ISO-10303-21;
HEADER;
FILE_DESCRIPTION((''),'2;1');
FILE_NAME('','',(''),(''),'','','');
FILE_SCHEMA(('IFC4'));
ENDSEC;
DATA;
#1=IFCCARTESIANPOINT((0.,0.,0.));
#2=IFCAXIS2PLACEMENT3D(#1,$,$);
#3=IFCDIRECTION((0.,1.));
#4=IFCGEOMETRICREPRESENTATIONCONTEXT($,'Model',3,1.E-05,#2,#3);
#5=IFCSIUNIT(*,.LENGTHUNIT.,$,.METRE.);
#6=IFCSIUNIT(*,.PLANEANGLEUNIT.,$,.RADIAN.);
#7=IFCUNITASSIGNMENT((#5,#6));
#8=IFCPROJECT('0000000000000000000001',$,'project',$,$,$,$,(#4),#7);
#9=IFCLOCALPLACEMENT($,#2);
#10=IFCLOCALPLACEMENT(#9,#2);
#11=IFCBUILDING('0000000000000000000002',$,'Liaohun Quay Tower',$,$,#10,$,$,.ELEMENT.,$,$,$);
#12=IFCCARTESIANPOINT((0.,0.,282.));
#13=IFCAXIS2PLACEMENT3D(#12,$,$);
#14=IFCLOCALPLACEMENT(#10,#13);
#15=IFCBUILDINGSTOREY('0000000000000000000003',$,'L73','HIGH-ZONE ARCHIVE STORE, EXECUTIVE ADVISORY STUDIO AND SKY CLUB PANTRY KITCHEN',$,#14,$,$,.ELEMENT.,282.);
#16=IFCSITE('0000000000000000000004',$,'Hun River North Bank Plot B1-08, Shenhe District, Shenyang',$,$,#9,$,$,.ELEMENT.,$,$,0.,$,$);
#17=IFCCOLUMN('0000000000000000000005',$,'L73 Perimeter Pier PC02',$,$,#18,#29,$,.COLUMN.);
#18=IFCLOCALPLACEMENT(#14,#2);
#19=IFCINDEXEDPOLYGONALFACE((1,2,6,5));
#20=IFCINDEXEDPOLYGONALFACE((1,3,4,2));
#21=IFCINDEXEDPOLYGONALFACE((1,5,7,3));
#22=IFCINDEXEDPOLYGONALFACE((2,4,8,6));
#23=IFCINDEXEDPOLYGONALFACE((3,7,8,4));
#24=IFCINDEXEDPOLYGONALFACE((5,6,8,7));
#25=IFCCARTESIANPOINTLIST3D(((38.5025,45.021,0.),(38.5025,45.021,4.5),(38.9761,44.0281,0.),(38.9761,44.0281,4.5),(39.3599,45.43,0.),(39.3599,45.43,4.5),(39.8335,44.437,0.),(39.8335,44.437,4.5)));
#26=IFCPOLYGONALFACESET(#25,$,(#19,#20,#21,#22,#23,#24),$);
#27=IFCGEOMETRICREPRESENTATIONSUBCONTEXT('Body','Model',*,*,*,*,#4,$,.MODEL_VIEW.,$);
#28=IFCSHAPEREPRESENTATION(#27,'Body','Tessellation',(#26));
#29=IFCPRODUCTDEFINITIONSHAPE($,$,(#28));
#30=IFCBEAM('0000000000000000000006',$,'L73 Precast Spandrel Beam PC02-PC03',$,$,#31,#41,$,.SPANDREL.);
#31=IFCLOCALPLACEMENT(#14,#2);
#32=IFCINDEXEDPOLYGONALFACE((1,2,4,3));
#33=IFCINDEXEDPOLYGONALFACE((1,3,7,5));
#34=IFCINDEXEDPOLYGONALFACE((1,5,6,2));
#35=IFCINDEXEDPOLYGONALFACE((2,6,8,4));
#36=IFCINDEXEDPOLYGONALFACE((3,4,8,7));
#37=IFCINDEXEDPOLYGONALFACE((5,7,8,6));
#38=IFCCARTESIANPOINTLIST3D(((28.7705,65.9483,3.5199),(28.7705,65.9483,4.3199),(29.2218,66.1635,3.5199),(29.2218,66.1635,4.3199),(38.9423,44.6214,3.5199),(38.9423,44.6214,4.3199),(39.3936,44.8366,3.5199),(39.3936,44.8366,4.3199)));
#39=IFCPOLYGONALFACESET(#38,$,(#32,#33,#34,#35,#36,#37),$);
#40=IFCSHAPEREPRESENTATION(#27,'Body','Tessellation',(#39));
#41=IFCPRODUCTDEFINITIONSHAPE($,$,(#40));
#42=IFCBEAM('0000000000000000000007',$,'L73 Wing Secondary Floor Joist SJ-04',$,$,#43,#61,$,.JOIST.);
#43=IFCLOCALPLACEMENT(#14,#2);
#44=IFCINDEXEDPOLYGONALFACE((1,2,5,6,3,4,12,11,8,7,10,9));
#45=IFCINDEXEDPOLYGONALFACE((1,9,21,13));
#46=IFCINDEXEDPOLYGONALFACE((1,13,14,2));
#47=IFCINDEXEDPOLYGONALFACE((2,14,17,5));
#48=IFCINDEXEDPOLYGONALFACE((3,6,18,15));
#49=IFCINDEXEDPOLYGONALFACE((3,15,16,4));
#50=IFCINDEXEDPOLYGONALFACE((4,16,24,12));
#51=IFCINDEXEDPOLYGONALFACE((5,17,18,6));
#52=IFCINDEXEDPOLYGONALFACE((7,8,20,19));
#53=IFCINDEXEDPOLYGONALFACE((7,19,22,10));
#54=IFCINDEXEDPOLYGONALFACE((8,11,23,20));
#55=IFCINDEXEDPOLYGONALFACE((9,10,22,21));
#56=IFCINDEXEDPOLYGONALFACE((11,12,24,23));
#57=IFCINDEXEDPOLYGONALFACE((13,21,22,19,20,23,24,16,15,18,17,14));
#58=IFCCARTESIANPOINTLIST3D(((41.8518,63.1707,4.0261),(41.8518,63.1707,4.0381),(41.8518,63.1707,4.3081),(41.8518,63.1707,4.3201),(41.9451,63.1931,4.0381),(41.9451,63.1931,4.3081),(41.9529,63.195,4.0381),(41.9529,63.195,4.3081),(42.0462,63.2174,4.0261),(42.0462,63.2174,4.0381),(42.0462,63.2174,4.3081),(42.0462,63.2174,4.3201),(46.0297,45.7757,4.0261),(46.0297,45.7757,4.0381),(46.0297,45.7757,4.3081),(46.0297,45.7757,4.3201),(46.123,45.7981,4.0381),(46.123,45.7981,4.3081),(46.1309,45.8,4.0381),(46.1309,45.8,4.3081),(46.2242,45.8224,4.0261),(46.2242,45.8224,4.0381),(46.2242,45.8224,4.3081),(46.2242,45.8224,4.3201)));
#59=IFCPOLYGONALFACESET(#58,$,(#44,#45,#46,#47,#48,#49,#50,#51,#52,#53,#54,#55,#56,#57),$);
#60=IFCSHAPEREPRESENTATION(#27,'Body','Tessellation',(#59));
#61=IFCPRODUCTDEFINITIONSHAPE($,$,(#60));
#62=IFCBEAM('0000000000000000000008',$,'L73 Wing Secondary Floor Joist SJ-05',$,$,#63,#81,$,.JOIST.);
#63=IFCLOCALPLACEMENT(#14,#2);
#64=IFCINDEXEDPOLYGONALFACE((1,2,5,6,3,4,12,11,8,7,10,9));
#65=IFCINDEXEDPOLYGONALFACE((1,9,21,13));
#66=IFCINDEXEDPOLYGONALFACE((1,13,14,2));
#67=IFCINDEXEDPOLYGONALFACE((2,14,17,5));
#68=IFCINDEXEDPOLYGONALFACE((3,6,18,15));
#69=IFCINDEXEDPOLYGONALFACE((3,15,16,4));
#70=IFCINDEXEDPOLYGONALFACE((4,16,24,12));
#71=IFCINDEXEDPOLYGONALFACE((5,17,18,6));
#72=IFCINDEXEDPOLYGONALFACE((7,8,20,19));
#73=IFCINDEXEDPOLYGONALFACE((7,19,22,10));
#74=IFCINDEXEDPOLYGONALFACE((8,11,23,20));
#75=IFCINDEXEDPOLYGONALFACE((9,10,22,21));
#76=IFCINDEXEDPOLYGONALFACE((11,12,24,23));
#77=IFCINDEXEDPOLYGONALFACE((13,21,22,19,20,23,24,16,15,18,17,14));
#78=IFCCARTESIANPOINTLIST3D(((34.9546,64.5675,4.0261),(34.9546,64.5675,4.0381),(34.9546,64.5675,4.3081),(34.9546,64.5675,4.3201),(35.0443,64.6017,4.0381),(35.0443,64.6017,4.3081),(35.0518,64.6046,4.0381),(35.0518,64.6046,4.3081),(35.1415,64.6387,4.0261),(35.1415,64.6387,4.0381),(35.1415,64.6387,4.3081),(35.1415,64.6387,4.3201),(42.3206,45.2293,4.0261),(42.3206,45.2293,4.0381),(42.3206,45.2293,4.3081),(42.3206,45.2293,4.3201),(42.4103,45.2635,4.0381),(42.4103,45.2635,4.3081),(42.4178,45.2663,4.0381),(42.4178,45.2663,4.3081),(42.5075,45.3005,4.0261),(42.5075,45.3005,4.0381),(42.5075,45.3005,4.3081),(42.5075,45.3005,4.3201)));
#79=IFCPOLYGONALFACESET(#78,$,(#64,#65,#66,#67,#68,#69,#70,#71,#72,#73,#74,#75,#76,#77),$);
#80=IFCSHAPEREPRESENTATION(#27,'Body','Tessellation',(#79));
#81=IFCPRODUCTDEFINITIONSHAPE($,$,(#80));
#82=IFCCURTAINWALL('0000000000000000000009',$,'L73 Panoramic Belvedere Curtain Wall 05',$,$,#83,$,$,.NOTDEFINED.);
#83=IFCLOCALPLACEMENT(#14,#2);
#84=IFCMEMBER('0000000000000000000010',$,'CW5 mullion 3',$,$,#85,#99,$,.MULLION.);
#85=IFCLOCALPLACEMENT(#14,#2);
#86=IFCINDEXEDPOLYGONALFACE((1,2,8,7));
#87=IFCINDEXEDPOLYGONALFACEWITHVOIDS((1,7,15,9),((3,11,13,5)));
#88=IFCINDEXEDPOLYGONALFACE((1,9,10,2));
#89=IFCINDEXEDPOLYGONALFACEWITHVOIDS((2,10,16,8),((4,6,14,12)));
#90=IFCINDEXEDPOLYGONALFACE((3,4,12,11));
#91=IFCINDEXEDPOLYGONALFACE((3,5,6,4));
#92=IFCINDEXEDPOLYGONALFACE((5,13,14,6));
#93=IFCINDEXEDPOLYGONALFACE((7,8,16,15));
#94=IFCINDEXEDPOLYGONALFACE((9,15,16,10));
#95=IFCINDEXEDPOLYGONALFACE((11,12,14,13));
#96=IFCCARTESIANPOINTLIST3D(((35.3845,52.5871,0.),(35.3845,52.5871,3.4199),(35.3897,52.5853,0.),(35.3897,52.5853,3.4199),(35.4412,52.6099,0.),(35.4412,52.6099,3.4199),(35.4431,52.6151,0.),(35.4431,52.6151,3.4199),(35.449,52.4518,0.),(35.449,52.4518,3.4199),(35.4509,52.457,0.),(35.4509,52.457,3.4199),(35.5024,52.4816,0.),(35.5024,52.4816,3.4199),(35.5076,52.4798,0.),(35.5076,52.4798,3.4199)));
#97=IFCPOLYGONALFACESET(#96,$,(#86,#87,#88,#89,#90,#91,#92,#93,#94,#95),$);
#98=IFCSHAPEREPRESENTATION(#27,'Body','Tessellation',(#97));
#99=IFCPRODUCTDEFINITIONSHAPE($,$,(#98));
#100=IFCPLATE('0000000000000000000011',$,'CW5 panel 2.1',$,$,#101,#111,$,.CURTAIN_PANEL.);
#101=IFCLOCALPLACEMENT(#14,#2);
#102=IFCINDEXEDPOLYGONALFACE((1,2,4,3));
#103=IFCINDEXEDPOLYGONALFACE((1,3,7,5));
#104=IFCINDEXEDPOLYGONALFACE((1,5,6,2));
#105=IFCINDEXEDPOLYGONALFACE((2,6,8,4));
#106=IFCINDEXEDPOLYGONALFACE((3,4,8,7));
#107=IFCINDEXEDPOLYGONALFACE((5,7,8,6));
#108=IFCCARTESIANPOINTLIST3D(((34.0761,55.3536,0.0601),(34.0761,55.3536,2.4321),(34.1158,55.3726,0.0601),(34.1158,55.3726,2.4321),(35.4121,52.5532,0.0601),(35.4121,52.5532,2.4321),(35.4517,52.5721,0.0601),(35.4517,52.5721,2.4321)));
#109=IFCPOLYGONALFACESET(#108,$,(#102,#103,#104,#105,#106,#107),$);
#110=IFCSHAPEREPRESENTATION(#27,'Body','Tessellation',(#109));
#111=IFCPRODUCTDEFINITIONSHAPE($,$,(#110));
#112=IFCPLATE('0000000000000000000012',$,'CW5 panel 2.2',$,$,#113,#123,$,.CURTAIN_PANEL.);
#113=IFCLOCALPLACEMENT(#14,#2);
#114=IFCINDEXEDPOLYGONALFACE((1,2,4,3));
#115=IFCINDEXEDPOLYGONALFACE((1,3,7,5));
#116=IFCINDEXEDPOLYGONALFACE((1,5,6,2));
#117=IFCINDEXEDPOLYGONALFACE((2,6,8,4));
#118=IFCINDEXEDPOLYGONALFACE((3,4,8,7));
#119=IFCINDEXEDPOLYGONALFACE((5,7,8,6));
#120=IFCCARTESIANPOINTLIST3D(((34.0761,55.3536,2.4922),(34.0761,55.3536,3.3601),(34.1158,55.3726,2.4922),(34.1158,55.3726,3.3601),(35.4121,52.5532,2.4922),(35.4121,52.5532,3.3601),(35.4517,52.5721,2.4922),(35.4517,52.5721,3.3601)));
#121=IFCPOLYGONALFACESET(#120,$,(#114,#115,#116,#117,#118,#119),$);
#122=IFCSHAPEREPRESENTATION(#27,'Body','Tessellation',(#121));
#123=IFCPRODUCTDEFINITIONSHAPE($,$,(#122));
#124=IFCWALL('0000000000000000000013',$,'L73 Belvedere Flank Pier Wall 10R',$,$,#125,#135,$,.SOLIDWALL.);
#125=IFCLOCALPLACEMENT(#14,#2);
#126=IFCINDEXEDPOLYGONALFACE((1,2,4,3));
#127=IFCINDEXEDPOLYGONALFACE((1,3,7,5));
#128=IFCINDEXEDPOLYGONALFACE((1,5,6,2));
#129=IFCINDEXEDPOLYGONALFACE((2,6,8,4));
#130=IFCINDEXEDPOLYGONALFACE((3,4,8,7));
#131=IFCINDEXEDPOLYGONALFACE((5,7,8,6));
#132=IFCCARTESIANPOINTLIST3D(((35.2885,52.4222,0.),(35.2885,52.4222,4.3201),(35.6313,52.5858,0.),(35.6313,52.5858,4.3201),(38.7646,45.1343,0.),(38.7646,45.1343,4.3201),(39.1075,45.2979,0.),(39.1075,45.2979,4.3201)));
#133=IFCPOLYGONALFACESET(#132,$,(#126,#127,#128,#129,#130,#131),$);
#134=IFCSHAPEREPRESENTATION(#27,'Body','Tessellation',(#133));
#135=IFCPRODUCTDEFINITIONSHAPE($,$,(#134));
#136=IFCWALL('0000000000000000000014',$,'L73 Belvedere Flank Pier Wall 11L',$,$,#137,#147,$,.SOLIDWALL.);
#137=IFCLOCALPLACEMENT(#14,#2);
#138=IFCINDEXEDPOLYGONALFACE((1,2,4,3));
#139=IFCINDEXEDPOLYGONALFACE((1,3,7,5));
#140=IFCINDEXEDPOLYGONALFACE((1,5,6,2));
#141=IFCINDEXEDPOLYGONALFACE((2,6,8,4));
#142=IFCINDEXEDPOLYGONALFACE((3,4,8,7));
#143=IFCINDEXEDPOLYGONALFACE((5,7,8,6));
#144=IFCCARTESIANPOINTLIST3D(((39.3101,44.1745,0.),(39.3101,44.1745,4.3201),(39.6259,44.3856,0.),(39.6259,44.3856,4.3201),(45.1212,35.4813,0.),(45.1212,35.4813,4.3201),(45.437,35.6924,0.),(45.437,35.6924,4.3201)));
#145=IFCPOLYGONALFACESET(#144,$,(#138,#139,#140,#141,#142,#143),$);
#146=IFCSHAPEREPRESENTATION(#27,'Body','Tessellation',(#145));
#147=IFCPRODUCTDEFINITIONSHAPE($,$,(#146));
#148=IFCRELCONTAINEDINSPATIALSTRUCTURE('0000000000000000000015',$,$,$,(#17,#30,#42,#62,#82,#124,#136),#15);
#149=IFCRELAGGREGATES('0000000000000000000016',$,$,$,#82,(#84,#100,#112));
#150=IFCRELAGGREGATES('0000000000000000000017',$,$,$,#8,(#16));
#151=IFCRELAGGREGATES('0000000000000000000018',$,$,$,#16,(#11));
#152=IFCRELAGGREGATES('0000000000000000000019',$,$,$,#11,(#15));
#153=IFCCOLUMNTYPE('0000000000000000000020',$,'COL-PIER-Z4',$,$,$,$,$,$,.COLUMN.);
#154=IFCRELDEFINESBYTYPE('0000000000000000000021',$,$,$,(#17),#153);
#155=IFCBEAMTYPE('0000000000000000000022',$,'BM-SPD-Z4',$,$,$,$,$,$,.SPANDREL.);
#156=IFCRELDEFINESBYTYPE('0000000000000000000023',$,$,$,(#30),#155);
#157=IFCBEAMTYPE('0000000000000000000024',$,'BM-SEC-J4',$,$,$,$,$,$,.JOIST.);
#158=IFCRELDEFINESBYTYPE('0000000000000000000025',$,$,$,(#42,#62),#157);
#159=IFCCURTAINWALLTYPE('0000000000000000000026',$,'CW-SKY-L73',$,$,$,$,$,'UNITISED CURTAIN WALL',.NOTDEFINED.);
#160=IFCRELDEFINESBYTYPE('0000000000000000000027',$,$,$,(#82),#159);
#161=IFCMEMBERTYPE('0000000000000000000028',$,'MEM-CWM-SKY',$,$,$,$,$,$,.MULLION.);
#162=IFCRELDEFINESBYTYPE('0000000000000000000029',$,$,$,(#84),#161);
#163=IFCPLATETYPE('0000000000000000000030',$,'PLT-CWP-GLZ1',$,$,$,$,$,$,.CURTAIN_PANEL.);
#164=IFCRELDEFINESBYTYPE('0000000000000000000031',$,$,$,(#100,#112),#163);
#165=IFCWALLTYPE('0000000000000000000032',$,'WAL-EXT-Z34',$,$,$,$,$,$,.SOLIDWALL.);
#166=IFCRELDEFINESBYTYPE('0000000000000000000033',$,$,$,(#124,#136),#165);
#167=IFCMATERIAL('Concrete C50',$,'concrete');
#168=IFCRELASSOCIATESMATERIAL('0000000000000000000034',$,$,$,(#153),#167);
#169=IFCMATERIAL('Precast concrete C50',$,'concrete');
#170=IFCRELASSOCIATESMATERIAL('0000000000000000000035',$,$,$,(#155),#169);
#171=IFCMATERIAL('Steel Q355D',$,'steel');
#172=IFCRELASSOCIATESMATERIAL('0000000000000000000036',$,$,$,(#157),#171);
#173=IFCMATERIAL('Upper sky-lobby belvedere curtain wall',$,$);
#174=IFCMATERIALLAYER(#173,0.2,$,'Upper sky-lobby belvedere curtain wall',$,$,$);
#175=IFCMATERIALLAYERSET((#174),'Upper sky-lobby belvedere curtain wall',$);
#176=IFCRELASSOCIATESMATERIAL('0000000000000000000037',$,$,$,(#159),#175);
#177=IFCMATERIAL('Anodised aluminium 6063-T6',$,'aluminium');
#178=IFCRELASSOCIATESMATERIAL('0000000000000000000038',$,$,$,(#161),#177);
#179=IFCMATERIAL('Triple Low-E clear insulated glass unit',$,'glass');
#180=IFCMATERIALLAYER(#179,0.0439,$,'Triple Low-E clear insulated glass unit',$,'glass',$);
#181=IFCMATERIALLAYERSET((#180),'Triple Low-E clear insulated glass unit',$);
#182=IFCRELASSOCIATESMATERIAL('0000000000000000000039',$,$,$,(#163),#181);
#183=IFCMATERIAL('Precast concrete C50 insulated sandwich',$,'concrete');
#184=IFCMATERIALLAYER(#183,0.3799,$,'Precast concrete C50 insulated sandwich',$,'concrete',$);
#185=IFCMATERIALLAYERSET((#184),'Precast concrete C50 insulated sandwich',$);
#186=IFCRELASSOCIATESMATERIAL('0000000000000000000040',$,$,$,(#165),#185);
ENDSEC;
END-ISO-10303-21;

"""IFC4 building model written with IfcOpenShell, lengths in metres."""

from ifc_helpers import new_model, si_unit, direction, frame, frame_2d, origin, origin_2d, place, context, subcontext, project, spatial, rectangle, hollow_rectangle, i_section, extrude, source, transform, mapped, material, layer, layer_set, material_profile, profile_set, type_object, element, aggregate, save


model = new_model("IFC4")

# Units and contexts
model_context = context("Model", 3, precision=1e-05, world=origin(), true_north=direction((0.0, 1.0)))
body_context = subcontext(model_context, "Body", "Model", "MODEL_VIEW")
ifc_project = project(units=[si_unit("LENGTHUNIT", "METRE"), si_unit("PLANEANGLEUNIT", "RADIAN")], contexts=[model_context])

# Site, building, storey
site_placement = place(None, origin())
site = spatial("IfcSite", under=ifc_project, at=site_placement, Name="Hun River North Bank Plot B1-08, Shenhe District, Shenyang", CompositionType="ELEMENT", RefElevation=0.0)
building_placement = place(site_placement, origin())
building = spatial("IfcBuilding", under=site, at=building_placement, Name="Liaohun Quay Tower", CompositionType="ELEMENT")
storey_placement = place(building_placement, frame((0.0, 0.0, 282.0)))
storey = spatial("IfcBuildingStorey", under=building, at=storey_placement, Name="L73", Description="HIGH-ZONE ARCHIVE STORE, EXECUTIVE ADVISORY STUDIO AND SKY CLUB PANTRY KITCHEN", CompositionType="ELEMENT", Elevation=282.0)

# Column
ifc_material_1 = material(Name="Concrete C50", Category="concrete")
ifc_material_profile_1 = material_profile(ifc_material_1, rectangle(XDim=1.1001, YDim=0.95, at=origin_2d()), Name="RC1100x950")
ifc_profile_set_1 = profile_set([ifc_material_profile_1], Name="Concrete C50")
column_type = type_object("IfcColumnType", Name="COL-PIER-Z4", PredefinedType="COLUMN", material=ifc_profile_set_1)
shared_shape_1 = source(origin(), body_context, "Body", "SweptSolid", [
    extrude(rectangle(XDim=1.1001, YDim=0.95, at=origin_2d()), origin(), (0.0, 0.0, 1.0), 4.5),
])
column_placement = place(storey_placement, frame((39.168, 44.729, 0.0), z_axis=(0.0, 0.0, 1.0), x_axis=(-0.430511, 0.902585, 0.0)))
element("IfcColumn", 1, at=column_placement, inside=storey, type_object=column_type, Name="L73 Perimeter Pier PC02", PredefinedType="COLUMN", context=body_context, shape_type="MappedRepresentation", body=[
    mapped(shared_shape_1, transform((0.0, 0.0, 0.0), x_axis=(1.0, 0.0, 0.0), y_axis=(0.0, 1.0, 0.0), z_axis=(0.0, 0.0, 1.0), scale=1.0)),
])

# Beams
ifc_material_2 = material(Name="Precast concrete C50", Category="concrete")
ifc_material_profile_2 = material_profile(ifc_material_2, rectangle(XDim=0.5, YDim=0.8, at=origin_2d()), Name="RC500x800")
ifc_profile_set_2 = profile_set([ifc_material_profile_2], Name="Precast concrete C50")
beam_type_1 = type_object("IfcBeamType", Name="BM-SPD-Z4", PredefinedType="SPANDREL", material=ifc_profile_set_2)
shared_shape_2 = source(origin(), body_context, "Body", "SweptSolid", [
    extrude(rectangle(XDim=0.5, YDim=0.8, at=origin_2d()), origin(), (0.0, 0.0, 1.0), 23.6284),
])
beam_1_placement = place(storey_placement, frame((39.168, 44.729, 3.9199), z_axis=(-0.430493, 0.902594, 0.0), x_axis=(-0.902594, -0.430493, 0.0)))
element("IfcBeam", 2, at=beam_1_placement, inside=storey, type_object=beam_type_1, Name="L73 Precast Spandrel Beam PC02-PC03", PredefinedType="SPANDREL", context=body_context, shape_type="MappedRepresentation", body=[
    mapped(shared_shape_2, transform((0.0, 0.0, 0.0), x_axis=(1.0, 0.0, 0.0), y_axis=(0.0, 1.0, 0.0), z_axis=(0.0, 0.0, 1.0), scale=1.0)),
])
ifc_material_3 = material(Name="Steel Q355D", Category="steel")
ifc_material_profile_3 = material_profile(ifc_material_3, i_section(OverallWidth=0.2, OverallDepth=0.2939, WebThickness=0.0081, FlangeThickness=0.012, at=origin_2d()), Name="HM294x200x8x12")
ifc_profile_set_3 = profile_set([ifc_material_profile_3], Name="Steel Q355D")
beam_type_2 = type_object("IfcBeamType", Name="BM-SEC-J4", PredefinedType="JOIST", material=ifc_profile_set_3)
shared_shape_3 = source(origin(), body_context, "Body", "SweptSolid", [
    extrude(i_section(OverallWidth=0.2, OverallDepth=0.2939, WebThickness=0.0081, FlangeThickness=0.012, at=origin_2d()), origin(), (0.0, 0.0, 1.0), 17.8896),
])
beam_2_placement = place(storey_placement, frame((46.127, 45.7991, 4.1731), z_axis=(-0.233541, 0.972347, 0.0), x_axis=(-0.972347, -0.233541, 0.0)))
element("IfcBeam", 3, at=beam_2_placement, inside=storey, type_object=beam_type_2, Name="L73 Wing Secondary Floor Joist SJ-04", PredefinedType="JOIST", context=body_context, shape_type="MappedRepresentation", body=[
    mapped(shared_shape_3, transform((0.0, 0.0, 0.0), x_axis=(1.0, 0.0, 0.0), y_axis=(0.0, 1.0, 0.0), z_axis=(0.0, 0.0, 1.0), scale=1.0)),
])
shared_shape_4 = source(origin(), body_context, "Body", "SweptSolid", [
    extrude(i_section(OverallWidth=0.2, OverallDepth=0.2939, WebThickness=0.0081, FlangeThickness=0.012, at=origin_2d()), origin(), (0.0, 0.0, 1.0), 20.6936),
])
beam_3_placement = place(storey_placement, frame((42.4141, 45.2649, 4.1731), z_axis=(-0.355956, 0.934503, 0.0), x_axis=(-0.934503, -0.355956, 0.0)))
element("IfcBeam", 4, at=beam_3_placement, inside=storey, type_object=beam_type_2, Name="L73 Wing Secondary Floor Joist SJ-05", PredefinedType="JOIST", context=body_context, shape_type="MappedRepresentation", body=[
    mapped(shared_shape_4, transform((0.0, 0.0, 0.0), x_axis=(1.0, 0.0, 0.0), y_axis=(0.0, 1.0, 0.0), z_axis=(0.0, 0.0, 1.0), scale=1.0)),
])

# Curtain wall, member, plates
ifc_material_4 = material(Name="Upper sky-lobby belvedere curtain wall")
ifc_layer_1 = layer(ifc_material_4, 0.2, Name="Upper sky-lobby belvedere curtain wall")
ifc_layer_set_1 = layer_set([ifc_layer_1], Name="Upper sky-lobby belvedere curtain wall")
curtain_wall_type = type_object("IfcCurtainWallType", Name="CW-SKY-L73", ElementType="UNITISED CURTAIN WALL", PredefinedType="NOTDEFINED", material=ifc_layer_set_1)
curtain_wall_placement = place(storey_placement, origin())
curtain_wall = element("IfcCurtainWall", 5, at=curtain_wall_placement, inside=storey, type_object=curtain_wall_type, Name="L73 Panoramic Belvedere Curtain Wall 05", PredefinedType="NOTDEFINED")
ifc_material_5 = material(Name="Anodised aluminium 6063-T6", Category="aluminium")
ifc_material_profile_4 = material_profile(ifc_material_5, hollow_rectangle(XDim=0.0649, YDim=0.1499, WallThickness=0.0039, at=origin_2d()), Name="RHS150x65x4")
ifc_profile_set_4 = profile_set([ifc_material_profile_4], Name="Anodised aluminium 6063-T6")
member_type = type_object("IfcMemberType", Name="MEM-CWM-SKY", PredefinedType="MULLION", material=ifc_profile_set_4)
shared_shape_5 = source(origin(), body_context, "Body", "SweptSolid", [
    extrude(hollow_rectangle(XDim=0.0649, YDim=0.1499, WallThickness=0.0039, at=origin_2d()), origin(), (0.0, 0.0, 1.0), 3.4199),
])
member_placement = place(storey_placement, frame((35.446, 52.5334, 0.0), z_axis=(0.0, 0.0, 1.0), x_axis=(0.902554, 0.430576, 0.0)))
member = element("IfcMember", 6, at=member_placement, type_object=member_type, Name="CW5 mullion 3", PredefinedType="MULLION", context=body_context, shape_type="MappedRepresentation", body=[
    mapped(shared_shape_5, transform((0.0, 0.0, 0.0), x_axis=(1.0, 0.0, 0.0), y_axis=(0.0, 1.0, 0.0), z_axis=(0.0, 0.0, 1.0), scale=1.0)),
])
ifc_material_6 = material(Name="Triple Low-E clear insulated glass unit", Category="glass")
ifc_layer_2 = layer(ifc_material_6, 0.0439, Name="Triple Low-E clear insulated glass unit", Category="glass")
ifc_layer_set_2 = layer_set([ifc_layer_2], Name="Triple Low-E clear insulated glass unit")
plate_type = type_object("IfcPlateType", Name="PLT-CWP-GLZ1", PredefinedType="CURTAIN_PANEL", material=ifc_layer_set_2)
shared_shape_6 = source(origin(), body_context, "Body", "SweptSolid", [
    extrude(rectangle(XDim=3.1028, YDim=0.0439, at=origin_2d()), origin(), (0.0, 0.0, 1.0), 2.3721),
])
plate_1_placement = place(storey_placement, frame((34.7639, 53.9629, 0.0601), z_axis=(0.0, 0.0, 1.0), x_axis=(0.430576, -0.902554, 0.0)))
plate_1 = element("IfcPlate", 7, at=plate_1_placement, type_object=plate_type, Name="CW5 panel 2.1", PredefinedType="CURTAIN_PANEL", context=body_context, shape_type="MappedRepresentation", body=[
    mapped(shared_shape_6, transform((0.0, 0.0, 0.0), x_axis=(1.0, 0.0, 0.0), y_axis=(0.0, 1.0, 0.0), z_axis=(0.0, 0.0, 1.0), scale=1.0)),
])
shared_shape_7 = source(origin(), body_context, "Body", "SweptSolid", [
    extrude(rectangle(XDim=3.1028, YDim=0.0439, at=origin_2d()), origin(), (0.0, 0.0, 1.0), 0.8679),
])
plate_2_placement = place(storey_placement, frame((34.7639, 53.9629, 2.4922), z_axis=(0.0, 0.0, 1.0), x_axis=(0.430576, -0.902554, 0.0)))
plate_2 = element("IfcPlate", 8, at=plate_2_placement, type_object=plate_type, Name="CW5 panel 2.2", PredefinedType="CURTAIN_PANEL", context=body_context, shape_type="MappedRepresentation", body=[
    mapped(shared_shape_7, transform((0.0, 0.0, 0.0), x_axis=(1.0, 0.0, 0.0), y_axis=(0.0, 1.0, 0.0), z_axis=(0.0, 0.0, 1.0), scale=1.0)),
])
aggregate(curtain_wall, [member, plate_1, plate_2])

# Walls
ifc_material_7 = material(Name="Precast concrete C50 insulated sandwich", Category="concrete")
ifc_layer_3 = layer(ifc_material_7, 0.3799, Name="Precast concrete C50 insulated sandwich", Category="concrete")
ifc_layer_set_3 = layer_set([ifc_layer_3], Name="Precast concrete C50 insulated sandwich")
wall_type_1 = type_object("IfcWallType", Name="WAL-EXT-Z34", PredefinedType="SOLIDWALL", material=ifc_layer_set_3)
wall_1_placement = place(storey_placement, frame((35.46, 52.5039, 0.0), z_axis=(0.0, 0.0, 1.0), x_axis=(0.430506, -0.902588, 0.0)))
element("IfcWall", 9, at=wall_1_placement, inside=storey, type_object=wall_type_1, Name="L73 Belvedere Flank Pier Wall 10R", PredefinedType="SOLIDWALL", context=body_context, shape_type="SweptSolid", body=[
    extrude(rectangle(XDim=8.0745, YDim=0.3799, at=frame_2d((4.0371, 0.0))), origin(), (0.0, 0.0, 1.0), 4.3201),
])
wall_2_placement = place(storey_placement, frame((39.468, 44.28, 0.0), z_axis=(0.0, 0.0, 1.0), x_axis=(0.555734, -0.83136, 0.0)))
element("IfcWall", 10, at=wall_2_placement, inside=storey, type_object=wall_type_1, Name="L73 Belvedere Flank Pier Wall 11L", PredefinedType="SOLIDWALL", context=body_context, shape_type="SweptSolid", body=[
    extrude(rectangle(XDim=10.4565, YDim=0.3799, at=frame_2d((5.2283, 0.0))), origin(), (0.0, 0.0, 1.0), 4.3201),
])

save(model, "model.ifc")
